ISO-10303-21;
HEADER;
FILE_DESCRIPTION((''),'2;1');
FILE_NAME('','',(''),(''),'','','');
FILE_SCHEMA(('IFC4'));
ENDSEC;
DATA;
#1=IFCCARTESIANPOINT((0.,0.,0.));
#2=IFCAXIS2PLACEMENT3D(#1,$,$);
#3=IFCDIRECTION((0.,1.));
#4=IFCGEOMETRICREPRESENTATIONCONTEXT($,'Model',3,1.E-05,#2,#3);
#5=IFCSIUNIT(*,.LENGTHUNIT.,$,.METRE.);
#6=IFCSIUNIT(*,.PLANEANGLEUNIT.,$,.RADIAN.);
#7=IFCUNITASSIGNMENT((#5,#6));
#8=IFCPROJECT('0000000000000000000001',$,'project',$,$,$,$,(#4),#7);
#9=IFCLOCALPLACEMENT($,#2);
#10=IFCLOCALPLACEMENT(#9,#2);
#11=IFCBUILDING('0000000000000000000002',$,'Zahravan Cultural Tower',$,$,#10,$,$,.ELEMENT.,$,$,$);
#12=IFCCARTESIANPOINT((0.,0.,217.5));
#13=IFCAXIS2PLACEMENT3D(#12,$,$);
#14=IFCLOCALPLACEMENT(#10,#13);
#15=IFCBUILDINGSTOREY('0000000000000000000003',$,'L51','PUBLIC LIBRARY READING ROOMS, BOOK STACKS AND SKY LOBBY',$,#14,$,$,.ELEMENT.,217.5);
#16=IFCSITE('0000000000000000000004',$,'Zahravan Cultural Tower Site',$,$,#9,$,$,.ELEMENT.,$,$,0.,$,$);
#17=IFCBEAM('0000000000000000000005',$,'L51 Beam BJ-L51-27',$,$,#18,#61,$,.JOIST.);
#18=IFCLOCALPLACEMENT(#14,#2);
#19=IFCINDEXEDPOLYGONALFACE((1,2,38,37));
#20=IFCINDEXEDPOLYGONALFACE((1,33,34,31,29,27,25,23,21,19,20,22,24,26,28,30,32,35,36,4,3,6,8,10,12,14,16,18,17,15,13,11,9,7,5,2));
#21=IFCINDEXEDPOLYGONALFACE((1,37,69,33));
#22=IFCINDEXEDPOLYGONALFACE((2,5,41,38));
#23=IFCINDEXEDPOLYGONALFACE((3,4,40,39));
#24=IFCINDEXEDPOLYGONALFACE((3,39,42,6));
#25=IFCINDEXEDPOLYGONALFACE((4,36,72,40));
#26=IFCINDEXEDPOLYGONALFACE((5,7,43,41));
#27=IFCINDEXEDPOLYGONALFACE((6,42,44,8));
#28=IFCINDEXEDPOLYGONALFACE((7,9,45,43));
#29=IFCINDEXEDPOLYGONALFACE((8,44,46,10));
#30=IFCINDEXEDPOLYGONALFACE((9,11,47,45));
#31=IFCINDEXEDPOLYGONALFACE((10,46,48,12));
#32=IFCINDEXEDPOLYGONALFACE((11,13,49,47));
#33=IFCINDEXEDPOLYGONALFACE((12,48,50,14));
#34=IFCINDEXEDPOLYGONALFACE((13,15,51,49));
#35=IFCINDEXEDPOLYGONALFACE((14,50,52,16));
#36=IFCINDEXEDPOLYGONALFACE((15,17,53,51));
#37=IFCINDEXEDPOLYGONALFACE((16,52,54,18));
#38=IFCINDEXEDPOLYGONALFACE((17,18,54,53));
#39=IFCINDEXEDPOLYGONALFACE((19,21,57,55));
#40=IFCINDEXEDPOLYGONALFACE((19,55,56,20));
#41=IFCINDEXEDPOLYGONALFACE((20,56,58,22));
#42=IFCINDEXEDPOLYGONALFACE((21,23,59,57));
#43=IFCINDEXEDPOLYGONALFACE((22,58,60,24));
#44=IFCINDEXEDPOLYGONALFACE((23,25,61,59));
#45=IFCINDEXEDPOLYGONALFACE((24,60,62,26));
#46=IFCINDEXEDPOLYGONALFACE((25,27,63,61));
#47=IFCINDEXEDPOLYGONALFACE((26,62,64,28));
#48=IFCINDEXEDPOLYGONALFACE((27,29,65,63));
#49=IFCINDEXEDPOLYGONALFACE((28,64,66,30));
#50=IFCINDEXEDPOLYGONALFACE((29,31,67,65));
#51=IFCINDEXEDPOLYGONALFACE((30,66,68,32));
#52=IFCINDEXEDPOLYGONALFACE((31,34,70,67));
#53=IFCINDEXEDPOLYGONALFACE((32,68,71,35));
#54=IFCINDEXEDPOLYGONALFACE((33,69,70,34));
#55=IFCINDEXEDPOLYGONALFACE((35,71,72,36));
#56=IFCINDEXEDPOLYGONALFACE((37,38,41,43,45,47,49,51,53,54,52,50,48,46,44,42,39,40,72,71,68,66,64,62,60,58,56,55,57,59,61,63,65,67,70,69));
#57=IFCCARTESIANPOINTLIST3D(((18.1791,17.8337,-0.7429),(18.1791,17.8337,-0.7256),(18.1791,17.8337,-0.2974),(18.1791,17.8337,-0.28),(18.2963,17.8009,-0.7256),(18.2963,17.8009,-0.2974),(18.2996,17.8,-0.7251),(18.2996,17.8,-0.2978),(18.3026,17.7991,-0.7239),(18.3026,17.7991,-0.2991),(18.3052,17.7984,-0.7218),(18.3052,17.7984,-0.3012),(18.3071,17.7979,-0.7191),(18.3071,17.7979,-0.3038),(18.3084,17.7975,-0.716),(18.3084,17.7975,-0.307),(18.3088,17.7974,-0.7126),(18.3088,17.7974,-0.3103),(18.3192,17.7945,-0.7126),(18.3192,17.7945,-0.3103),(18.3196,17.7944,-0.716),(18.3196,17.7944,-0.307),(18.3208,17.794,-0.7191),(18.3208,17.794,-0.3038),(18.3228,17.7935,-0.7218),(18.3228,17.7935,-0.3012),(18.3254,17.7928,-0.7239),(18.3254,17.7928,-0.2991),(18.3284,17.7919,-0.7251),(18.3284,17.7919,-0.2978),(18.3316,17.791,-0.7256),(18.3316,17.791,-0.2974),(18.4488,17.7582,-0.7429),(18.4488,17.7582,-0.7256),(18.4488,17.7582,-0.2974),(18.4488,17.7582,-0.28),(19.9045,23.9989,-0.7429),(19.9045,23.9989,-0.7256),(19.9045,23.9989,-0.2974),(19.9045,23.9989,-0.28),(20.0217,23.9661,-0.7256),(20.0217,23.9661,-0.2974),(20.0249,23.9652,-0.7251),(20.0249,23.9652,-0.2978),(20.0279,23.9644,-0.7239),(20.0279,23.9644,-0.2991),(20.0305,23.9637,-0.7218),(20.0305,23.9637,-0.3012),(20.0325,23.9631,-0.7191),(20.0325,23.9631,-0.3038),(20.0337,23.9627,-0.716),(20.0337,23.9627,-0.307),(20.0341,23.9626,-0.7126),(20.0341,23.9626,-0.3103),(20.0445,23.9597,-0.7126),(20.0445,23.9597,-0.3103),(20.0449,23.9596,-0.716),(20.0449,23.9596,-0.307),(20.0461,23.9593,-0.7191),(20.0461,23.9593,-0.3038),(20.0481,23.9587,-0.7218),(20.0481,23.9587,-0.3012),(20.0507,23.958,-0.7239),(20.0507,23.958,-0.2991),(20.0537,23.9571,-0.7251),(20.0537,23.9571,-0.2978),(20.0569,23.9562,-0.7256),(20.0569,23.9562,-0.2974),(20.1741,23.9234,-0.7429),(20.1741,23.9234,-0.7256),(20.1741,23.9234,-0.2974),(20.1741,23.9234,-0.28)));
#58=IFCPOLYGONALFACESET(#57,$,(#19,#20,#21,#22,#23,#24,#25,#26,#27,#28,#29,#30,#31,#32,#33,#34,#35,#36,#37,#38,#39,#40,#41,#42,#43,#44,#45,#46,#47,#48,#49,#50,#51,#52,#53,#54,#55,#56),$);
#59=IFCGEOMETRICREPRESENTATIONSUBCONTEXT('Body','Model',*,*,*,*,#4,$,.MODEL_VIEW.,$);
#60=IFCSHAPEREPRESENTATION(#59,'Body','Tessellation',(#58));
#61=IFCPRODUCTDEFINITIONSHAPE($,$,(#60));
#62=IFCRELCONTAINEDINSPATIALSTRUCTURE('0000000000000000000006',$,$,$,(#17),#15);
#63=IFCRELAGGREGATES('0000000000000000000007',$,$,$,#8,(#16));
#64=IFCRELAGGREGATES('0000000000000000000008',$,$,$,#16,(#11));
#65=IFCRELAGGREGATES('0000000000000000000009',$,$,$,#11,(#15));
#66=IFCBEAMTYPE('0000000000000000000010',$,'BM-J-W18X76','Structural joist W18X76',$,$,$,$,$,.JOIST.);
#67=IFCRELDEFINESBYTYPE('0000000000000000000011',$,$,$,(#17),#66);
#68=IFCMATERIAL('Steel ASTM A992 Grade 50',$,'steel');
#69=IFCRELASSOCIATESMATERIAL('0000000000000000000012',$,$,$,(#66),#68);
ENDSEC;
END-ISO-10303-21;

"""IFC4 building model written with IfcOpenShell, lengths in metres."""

from ifc_helpers import new_model, si_unit, direction, frame, origin, origin_2d, place, context, subcontext, project, spatial, i_section, extrude, source, transform, mapped, material, material_profile, profile_set, type_object, element, save


model = new_model("IFC4")

# Units and contexts
model_context = context("Model", 3, precision=1e-05, world=origin(), true_north=direction((0.0, 1.0)))
body_context = subcontext(model_context, "Body", "Model", "MODEL_VIEW")
ifc_project = project(units=[si_unit("LENGTHUNIT", "METRE"), si_unit("PLANEANGLEUNIT", "RADIAN")], contexts=[model_context])

# Site, building, storey
site_placement = place(None, origin())
site = spatial("IfcSite", under=ifc_project, at=site_placement, Name="Zahravan Cultural Tower Site", CompositionType="ELEMENT", RefElevation=0.0)
building_placement = place(site_placement, origin())
building = spatial("IfcBuilding", under=site, at=building_placement, Name="Zahravan Cultural Tower", CompositionType="ELEMENT")
storey_placement = place(building_placement, frame((0.0, 0.0, 217.5)))
storey = spatial("IfcBuildingStorey", under=building, at=storey_placement, Name="L51", Description="PUBLIC LIBRARY READING ROOMS, BOOK STACKS AND SKY LOBBY", CompositionType="ELEMENT", Elevation=217.5)

# Shared definitions
ifc_material_1 = material(Name="Steel ASTM A992 Grade 50", Category="steel")

# Beam
ifc_material_profile_1 = material_profile(ifc_material_1, i_section(OverallWidth=0.28, OverallDepth=0.4629, WebThickness=0.0107, FlangeThickness=0.0173, FilletRadius=0.0129, at=origin_2d()), Name="W18X76")
ifc_profile_set_1 = profile_set([ifc_material_profile_1], Name="Steel ASTM A992 Grade 50")
beam_type = type_object("IfcBeamType", Name="BM-J-W18X76", Description="Structural joist W18X76", PredefinedType="JOIST", material=ifc_profile_set_1)
shared_shape_1 = source(origin(), body_context, "Body", "SweptSolid", [
    extrude(i_section(OverallWidth=0.28, OverallDepth=0.4629, WebThickness=0.0107, FlangeThickness=0.0173, FilletRadius=0.0129, at=origin_2d()), origin(), (0.0, 0.0, 1.0), 6.4021),
])
beam_1_placement = place(storey_placement, frame((20.0393, 23.9612, -0.5115), z_axis=(-0.269494, -0.963002, 0.0), x_axis=(0.963002, -0.269494, 0.0)))
element("IfcBeam", 1, at=beam_1_placement, inside=storey, type_object=beam_type, Name="L51 Beam BJ-L51-27", PredefinedType="JOIST", context=body_context, shape_type="MappedRepresentation", body=[
    mapped(shared_shape_1, transform((0.0, 0.0, 0.0), x_axis=(1.0, 0.0, 0.0), y_axis=(0.0, 1.0, 0.0), z_axis=(0.0, 0.0, 1.0), scale=1.0)),
])

save(model, "model.ifc")
